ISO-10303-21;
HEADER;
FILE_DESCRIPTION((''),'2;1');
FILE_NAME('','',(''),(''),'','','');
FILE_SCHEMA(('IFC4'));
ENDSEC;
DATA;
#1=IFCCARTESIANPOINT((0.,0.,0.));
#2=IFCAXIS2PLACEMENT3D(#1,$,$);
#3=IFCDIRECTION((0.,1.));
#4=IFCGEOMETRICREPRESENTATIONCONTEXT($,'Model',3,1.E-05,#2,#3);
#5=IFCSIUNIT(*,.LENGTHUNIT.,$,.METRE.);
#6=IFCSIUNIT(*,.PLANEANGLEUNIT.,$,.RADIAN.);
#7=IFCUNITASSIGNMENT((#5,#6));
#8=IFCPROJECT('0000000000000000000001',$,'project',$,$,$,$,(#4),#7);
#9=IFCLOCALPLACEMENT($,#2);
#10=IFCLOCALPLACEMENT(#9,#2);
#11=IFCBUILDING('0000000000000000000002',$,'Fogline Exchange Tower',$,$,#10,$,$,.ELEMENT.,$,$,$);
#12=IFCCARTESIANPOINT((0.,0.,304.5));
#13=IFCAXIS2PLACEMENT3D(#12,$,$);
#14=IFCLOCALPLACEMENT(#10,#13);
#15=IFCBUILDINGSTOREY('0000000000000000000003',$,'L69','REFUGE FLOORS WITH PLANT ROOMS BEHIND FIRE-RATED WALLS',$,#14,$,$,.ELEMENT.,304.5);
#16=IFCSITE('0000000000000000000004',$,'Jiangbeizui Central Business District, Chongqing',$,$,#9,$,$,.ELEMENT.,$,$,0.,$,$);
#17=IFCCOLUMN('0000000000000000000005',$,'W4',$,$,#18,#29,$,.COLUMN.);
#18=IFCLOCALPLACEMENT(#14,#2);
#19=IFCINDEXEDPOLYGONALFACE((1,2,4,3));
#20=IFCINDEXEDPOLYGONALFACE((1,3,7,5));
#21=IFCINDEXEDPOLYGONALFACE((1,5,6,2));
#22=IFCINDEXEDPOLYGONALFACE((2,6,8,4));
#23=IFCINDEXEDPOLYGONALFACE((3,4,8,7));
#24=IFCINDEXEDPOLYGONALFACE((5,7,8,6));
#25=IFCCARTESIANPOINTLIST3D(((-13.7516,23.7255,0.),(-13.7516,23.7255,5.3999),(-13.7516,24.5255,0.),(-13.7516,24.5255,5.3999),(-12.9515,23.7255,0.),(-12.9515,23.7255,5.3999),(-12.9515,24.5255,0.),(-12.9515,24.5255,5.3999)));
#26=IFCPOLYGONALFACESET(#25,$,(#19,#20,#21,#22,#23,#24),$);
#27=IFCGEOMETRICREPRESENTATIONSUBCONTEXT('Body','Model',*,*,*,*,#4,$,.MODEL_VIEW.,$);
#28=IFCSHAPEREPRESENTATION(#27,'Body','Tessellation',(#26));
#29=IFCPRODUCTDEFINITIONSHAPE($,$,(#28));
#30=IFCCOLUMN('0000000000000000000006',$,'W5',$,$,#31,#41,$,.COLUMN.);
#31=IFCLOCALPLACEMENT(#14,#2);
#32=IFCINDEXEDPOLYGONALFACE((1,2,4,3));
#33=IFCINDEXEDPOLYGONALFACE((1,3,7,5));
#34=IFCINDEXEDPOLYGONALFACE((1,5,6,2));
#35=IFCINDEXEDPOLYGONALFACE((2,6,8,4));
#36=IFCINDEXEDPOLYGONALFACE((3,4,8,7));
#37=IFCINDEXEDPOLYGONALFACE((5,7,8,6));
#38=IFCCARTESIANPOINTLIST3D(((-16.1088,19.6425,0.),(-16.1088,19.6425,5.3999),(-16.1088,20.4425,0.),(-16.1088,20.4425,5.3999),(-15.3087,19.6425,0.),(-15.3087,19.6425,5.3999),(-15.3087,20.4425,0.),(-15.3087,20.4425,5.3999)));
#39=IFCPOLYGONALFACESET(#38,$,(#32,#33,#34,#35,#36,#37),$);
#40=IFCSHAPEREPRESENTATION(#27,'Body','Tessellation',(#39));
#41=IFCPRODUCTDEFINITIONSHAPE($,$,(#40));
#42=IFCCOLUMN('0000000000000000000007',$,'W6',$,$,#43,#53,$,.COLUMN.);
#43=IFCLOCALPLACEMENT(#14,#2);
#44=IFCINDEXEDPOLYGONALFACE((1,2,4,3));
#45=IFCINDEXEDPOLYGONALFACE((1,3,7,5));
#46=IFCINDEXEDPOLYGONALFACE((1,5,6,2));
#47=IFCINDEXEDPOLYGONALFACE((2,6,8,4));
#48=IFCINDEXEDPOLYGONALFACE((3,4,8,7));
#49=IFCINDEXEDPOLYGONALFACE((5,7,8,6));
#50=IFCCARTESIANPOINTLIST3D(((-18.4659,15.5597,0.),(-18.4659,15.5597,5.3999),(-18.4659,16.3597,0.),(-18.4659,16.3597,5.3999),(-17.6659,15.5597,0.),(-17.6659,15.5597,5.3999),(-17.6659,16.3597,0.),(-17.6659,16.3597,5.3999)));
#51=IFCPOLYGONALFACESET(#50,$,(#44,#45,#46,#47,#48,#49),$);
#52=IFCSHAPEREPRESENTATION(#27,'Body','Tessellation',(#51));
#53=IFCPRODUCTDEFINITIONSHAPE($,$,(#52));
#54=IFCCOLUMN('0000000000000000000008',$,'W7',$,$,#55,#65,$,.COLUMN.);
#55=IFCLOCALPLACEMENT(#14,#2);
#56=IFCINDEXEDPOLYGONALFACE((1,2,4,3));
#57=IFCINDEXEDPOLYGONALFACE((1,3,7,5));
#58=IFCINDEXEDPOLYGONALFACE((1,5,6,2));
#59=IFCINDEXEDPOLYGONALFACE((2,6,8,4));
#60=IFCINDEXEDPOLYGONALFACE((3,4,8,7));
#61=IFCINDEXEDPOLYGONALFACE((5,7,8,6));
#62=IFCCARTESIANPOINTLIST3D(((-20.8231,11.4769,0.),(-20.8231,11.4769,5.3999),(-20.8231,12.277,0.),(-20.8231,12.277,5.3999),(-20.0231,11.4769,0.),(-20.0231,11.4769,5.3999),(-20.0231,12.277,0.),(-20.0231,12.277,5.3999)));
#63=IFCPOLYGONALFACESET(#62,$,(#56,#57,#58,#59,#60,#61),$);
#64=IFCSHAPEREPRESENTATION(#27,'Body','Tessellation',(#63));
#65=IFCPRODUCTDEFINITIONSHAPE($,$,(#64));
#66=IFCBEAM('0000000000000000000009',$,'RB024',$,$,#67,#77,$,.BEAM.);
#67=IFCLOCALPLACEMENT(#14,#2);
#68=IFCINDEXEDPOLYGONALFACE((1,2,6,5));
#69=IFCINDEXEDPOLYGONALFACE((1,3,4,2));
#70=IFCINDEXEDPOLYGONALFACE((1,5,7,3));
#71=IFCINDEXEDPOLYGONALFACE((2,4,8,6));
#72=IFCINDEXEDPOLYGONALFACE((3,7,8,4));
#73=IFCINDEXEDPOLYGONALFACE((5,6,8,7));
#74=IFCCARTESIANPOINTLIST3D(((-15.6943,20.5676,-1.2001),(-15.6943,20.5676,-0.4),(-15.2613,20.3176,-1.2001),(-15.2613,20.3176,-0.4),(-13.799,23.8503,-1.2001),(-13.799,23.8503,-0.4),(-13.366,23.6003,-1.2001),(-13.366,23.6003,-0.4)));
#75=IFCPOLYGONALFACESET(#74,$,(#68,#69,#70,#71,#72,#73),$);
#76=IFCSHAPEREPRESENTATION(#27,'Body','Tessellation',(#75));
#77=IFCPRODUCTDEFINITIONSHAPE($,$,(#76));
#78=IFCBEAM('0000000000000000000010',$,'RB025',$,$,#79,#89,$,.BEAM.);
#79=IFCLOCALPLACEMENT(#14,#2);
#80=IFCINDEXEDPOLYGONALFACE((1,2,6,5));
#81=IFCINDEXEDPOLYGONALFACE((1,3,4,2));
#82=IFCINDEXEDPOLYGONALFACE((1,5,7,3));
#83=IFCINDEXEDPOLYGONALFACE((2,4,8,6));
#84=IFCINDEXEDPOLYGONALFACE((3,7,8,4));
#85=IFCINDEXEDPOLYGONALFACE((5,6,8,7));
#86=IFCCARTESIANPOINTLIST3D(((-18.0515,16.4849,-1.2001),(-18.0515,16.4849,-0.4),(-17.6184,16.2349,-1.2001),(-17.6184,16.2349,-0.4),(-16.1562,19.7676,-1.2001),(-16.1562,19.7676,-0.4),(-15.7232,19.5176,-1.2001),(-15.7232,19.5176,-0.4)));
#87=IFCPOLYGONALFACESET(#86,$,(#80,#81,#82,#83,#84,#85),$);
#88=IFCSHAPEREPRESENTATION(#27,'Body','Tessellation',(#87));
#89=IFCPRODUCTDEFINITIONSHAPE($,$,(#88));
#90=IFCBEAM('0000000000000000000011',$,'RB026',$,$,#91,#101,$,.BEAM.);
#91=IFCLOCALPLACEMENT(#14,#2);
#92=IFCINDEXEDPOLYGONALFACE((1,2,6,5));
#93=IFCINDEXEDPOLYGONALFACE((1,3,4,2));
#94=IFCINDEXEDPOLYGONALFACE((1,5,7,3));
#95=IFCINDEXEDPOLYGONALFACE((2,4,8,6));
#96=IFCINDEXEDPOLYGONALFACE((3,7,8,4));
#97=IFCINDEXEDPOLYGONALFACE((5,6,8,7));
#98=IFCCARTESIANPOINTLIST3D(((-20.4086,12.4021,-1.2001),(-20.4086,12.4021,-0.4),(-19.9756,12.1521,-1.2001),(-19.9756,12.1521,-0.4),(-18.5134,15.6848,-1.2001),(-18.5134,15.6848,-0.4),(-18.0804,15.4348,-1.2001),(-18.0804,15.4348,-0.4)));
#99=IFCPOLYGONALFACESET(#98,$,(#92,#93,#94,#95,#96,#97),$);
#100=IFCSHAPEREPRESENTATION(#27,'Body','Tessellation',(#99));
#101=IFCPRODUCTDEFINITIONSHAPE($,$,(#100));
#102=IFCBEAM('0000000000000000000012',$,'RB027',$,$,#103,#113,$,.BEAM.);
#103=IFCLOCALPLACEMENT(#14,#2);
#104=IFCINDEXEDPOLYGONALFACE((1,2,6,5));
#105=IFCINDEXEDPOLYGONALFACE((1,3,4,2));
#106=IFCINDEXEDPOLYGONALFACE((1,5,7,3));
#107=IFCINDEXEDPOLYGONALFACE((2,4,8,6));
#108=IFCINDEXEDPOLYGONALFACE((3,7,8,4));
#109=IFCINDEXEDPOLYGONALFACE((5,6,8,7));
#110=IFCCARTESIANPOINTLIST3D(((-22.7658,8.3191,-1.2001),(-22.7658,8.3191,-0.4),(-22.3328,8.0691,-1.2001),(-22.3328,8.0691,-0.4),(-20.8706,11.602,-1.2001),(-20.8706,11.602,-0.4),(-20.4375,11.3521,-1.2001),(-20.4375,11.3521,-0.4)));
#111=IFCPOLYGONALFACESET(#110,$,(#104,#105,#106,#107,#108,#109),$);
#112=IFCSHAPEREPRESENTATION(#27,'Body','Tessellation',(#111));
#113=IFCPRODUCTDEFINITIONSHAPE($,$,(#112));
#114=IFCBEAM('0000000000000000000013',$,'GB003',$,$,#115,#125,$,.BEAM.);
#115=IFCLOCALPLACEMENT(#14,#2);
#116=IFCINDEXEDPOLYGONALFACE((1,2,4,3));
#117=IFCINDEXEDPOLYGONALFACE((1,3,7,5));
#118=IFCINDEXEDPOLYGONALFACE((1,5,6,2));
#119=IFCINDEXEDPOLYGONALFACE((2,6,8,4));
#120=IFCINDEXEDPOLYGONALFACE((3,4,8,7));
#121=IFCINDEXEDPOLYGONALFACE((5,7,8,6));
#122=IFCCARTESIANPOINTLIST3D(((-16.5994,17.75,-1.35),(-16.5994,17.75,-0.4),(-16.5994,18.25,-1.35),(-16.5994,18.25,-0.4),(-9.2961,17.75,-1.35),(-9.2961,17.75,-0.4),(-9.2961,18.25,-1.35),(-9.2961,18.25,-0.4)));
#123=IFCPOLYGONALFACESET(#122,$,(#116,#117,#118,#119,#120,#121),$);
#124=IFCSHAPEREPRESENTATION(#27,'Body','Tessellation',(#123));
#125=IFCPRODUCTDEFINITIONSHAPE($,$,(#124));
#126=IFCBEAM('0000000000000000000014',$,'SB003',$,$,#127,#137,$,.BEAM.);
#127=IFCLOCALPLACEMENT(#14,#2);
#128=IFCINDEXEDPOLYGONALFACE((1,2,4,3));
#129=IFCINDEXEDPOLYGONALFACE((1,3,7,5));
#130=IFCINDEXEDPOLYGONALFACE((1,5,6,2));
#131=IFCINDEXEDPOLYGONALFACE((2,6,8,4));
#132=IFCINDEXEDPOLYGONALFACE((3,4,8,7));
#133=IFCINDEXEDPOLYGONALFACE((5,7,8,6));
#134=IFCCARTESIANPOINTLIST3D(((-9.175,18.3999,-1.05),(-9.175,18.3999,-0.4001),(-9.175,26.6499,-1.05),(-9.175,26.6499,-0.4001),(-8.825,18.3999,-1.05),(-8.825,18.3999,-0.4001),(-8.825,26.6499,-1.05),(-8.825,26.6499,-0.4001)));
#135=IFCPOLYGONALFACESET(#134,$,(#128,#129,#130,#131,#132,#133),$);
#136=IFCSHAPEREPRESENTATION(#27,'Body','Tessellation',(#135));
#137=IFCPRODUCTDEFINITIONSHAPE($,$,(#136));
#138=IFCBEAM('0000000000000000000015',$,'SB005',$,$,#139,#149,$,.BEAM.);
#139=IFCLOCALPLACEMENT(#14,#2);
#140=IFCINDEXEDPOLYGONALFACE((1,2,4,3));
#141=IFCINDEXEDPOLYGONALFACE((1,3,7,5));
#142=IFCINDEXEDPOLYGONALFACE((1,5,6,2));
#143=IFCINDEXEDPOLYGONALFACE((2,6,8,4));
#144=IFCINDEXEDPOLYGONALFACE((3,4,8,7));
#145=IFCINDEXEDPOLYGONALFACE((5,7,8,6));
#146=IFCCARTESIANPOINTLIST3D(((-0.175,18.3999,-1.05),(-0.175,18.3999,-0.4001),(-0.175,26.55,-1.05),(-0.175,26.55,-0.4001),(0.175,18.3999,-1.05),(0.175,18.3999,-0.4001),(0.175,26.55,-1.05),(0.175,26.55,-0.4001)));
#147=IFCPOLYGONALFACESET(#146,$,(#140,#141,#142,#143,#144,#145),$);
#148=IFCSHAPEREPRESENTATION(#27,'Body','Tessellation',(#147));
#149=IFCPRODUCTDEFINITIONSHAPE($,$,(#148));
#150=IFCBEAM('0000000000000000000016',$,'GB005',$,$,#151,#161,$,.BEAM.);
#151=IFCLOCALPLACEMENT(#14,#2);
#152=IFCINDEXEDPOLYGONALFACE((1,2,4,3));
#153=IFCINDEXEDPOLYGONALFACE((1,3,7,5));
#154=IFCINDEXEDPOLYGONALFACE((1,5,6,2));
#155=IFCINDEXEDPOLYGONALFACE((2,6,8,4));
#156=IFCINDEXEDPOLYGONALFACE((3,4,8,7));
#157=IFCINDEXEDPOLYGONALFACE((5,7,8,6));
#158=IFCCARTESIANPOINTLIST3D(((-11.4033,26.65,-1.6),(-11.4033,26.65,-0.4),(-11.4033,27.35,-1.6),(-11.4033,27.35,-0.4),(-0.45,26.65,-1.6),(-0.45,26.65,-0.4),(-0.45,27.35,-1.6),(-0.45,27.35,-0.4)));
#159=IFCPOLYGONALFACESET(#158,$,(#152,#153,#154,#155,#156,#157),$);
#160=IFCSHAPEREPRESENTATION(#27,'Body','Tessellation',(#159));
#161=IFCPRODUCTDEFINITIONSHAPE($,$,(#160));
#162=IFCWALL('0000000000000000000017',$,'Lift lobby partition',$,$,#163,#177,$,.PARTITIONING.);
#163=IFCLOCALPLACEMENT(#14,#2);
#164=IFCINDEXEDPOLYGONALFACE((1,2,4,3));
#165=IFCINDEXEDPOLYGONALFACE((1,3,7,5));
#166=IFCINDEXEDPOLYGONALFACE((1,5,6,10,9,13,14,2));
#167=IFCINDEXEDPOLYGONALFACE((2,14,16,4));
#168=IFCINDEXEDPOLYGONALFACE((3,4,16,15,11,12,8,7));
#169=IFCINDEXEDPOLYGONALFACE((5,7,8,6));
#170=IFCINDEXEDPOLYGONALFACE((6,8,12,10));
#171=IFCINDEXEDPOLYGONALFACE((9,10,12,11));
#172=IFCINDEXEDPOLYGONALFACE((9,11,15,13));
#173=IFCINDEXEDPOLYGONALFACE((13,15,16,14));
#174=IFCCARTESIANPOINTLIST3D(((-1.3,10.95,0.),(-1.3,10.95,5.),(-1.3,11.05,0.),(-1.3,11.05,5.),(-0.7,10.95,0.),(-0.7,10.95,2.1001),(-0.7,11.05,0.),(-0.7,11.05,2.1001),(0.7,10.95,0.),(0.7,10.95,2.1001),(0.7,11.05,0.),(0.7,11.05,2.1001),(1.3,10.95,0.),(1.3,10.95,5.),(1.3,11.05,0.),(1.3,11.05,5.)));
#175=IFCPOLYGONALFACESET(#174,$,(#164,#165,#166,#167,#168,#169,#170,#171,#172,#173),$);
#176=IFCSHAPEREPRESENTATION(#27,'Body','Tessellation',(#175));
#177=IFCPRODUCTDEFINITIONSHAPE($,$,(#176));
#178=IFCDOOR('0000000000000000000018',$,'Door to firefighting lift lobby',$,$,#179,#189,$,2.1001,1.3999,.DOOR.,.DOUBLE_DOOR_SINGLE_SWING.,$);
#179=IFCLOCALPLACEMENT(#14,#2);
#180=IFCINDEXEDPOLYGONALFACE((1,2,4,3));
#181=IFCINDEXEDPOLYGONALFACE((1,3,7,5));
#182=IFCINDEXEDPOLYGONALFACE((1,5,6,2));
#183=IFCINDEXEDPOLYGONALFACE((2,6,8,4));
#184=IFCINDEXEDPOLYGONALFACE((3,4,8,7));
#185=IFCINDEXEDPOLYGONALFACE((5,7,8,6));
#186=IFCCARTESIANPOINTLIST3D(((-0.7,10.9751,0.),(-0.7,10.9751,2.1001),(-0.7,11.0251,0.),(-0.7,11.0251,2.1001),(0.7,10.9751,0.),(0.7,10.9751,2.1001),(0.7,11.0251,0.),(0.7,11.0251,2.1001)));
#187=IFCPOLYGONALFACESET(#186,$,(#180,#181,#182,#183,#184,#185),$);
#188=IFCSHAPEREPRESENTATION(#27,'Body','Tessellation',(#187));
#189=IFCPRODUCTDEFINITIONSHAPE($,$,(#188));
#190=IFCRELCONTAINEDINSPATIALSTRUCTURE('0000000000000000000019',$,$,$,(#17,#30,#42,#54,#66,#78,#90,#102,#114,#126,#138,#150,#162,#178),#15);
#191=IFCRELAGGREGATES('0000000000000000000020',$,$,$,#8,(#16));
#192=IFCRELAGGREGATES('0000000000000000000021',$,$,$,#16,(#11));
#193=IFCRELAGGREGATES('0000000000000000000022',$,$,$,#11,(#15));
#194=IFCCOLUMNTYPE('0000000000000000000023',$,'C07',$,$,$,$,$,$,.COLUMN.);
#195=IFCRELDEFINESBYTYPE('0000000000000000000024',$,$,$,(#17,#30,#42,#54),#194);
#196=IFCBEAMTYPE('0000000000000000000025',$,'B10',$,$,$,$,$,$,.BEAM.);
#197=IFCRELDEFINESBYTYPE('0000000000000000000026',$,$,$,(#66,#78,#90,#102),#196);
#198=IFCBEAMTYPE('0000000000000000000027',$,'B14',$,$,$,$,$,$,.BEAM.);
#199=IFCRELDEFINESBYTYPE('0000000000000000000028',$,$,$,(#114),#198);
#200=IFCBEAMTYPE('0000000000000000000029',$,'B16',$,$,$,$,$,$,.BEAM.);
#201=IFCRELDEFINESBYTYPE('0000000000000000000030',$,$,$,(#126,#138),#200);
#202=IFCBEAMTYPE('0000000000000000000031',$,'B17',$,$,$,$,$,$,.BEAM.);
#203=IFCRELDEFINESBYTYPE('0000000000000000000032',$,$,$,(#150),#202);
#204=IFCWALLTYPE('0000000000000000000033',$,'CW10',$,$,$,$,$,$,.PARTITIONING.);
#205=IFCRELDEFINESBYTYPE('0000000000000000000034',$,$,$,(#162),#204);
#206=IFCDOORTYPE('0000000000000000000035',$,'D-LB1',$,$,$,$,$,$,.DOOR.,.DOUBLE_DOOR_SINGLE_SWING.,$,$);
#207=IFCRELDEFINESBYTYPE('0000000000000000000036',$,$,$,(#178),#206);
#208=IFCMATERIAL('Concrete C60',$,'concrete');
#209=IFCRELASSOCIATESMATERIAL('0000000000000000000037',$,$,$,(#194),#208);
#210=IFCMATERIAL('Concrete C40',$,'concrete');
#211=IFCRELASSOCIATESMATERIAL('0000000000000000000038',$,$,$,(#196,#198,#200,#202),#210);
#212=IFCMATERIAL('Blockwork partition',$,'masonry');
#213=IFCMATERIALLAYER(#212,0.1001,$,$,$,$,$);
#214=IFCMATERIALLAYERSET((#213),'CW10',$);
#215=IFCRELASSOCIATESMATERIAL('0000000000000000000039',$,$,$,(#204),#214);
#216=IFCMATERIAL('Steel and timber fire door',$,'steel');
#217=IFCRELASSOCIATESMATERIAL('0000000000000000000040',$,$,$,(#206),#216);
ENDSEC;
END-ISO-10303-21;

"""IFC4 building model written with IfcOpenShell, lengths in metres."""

from ifc_helpers import new_model, si_unit, direction, frame, frame_2d, origin, origin_2d, place, context, subcontext, project, spatial, rectangle, extrude, material, layer, layer_set, material_profile, profile_set, type_object, element, fill, save


model = new_model("IFC4")

# Units and contexts
model_context = context("Model", 3, precision=1e-05, world=origin(), true_north=direction((0.0, 1.0)))
body_context = subcontext(model_context, "Body", "Model", "MODEL_VIEW")
ifc_project = project(units=[si_unit("LENGTHUNIT", "METRE"), si_unit("PLANEANGLEUNIT", "RADIAN")], contexts=[model_context])

# Site, building, storey
site_placement = place(None, origin())
site = spatial("IfcSite", under=ifc_project, at=site_placement, Name="Jiangbeizui Central Business District, Chongqing", CompositionType="ELEMENT", RefElevation=0.0)
building_placement = place(site_placement, origin())
building = spatial("IfcBuilding", under=site, at=building_placement, Name="Fogline Exchange Tower", CompositionType="ELEMENT")
storey_placement = place(building_placement, frame((0.0, 0.0, 304.5)))
storey = spatial("IfcBuildingStorey", under=building, at=storey_placement, Name="L69", Description="REFUGE FLOORS WITH PLANT ROOMS BEHIND FIRE-RATED WALLS", CompositionType="ELEMENT", Elevation=304.5)

# Columns
ifc_material_1 = material(Name="Concrete C60", Category="concrete")
ifc_material_profile_1 = material_profile(ifc_material_1, rectangle(XDim=0.8, YDim=0.8, at=origin_2d()), Name="RC 800x800")
ifc_profile_set_1 = profile_set([ifc_material_profile_1], Name="Concrete C60")
column_type = type_object("IfcColumnType", Name="C07", PredefinedType="COLUMN", material=ifc_profile_set_1)
for number, where, z_axis, x_axis, name in (
    (1, (-13.3516, 24.1255, 0.0), (0.0, 0.0, 1.0), (1.0, 0.0, 0.0), "W4"),
    (2, (-15.7087, 20.0425, 0.0), (0.0, 0.0, 1.0), (1.0, 0.0, 0.0), "W5"),
    (3, (-18.0659, 15.9597, 0.0), (0.0, 0.0, 1.0), (1.0, 0.0, 0.0), "W6"),
    (4, (-20.4231, 11.877, 0.0), (0.0, 0.0, 1.0), (1.0, 0.0, 0.0), "W7"),
):
    element("IfcColumn", number, at=place(storey_placement, frame(where, z_axis=z_axis, x_axis=x_axis)), inside=storey, type_object=column_type, Name=name, PredefinedType="COLUMN", context=body_context, shape_type="SweptSolid", body=[
        extrude(rectangle(XDim=0.8, YDim=0.8, at=origin_2d()), origin(), (0.0, 0.0, 1.0), 5.3999),
    ])

# Beams
ifc_material_2 = material(Name="Concrete C40", Category="concrete")
ifc_material_profile_2 = material_profile(ifc_material_2, rectangle(XDim=0.5, YDim=0.8, at=origin_2d()), Name="RC 500x800")
ifc_profile_set_2 = profile_set([ifc_material_profile_2], Name="Concrete C40")
beam_type_1 = type_object("IfcBeamType", Name="B10", PredefinedType="BEAM", material=ifc_profile_set_2)
for number, where, z_axis, x_axis, name in (
    (5, (-13.5825, 23.7253, -0.8), (-0.499998, -0.866027, 0.0), (0.866027, -0.499998, 0.0), "RB024"),
    (6, (-15.9397, 19.6426, -0.8), (-0.499998, -0.866027, 0.0), (0.866027, -0.499998, 0.0), "RB025"),
    (7, (-18.2969, 15.5598, -0.8), (-0.499998, -0.866027, 0.0), (0.866027, -0.499998, 0.0), "RB026"),
):
    element("IfcBeam", number, at=place(storey_placement, frame(where, z_axis=z_axis, x_axis=x_axis)), inside=storey, type_object=beam_type_1, Name=name, PredefinedType="BEAM", context=body_context, shape_type="SweptSolid", body=[
        extrude(rectangle(XDim=0.5, YDim=0.8, at=origin_2d()), origin(), (0.0, 0.0, 1.0), 3.7905),
    ])
beam_1_placement = place(storey_placement, frame((-20.6541, 11.4771, -0.8), z_axis=(-0.49997, -0.866043, 0.0), x_axis=(0.866043, -0.49997, 0.0)))
element("IfcBeam", 8, at=beam_1_placement, inside=storey, type_object=beam_type_1, Name="RB027", PredefinedType="BEAM", context=body_context, shape_type="SweptSolid", body=[
    extrude(rectangle(XDim=0.5, YDim=0.8, at=origin_2d()), origin(), (0.0, 0.0, 1.0), 3.7908),
])
ifc_material_profile_3 = material_profile(ifc_material_2, rectangle(XDim=0.5, YDim=0.95, at=origin_2d()), Name="RC 500x950")
ifc_profile_set_3 = profile_set([ifc_material_profile_3], Name="Concrete C40")
beam_type_2 = type_object("IfcBeamType", Name="B14", PredefinedType="BEAM", material=ifc_profile_set_3)
beam_2_placement = place(storey_placement, frame((-16.5994, 18.0, -0.875), z_axis=(1.0, 0.0, 0.0), x_axis=(0.0, 1.0, 0.0)))
element("IfcBeam", 9, at=beam_2_placement, inside=storey, type_object=beam_type_2, Name="GB003", PredefinedType="BEAM", context=body_context, shape_type="SweptSolid", body=[
    extrude(rectangle(XDim=0.5, YDim=0.95, at=origin_2d()), origin(), (0.0, 0.0, 1.0), 7.3032),
])
ifc_material_profile_4 = material_profile(ifc_material_2, rectangle(XDim=0.3501, YDim=0.6499, at=origin_2d()), Name="RC 350x650")
ifc_profile_set_4 = profile_set([ifc_material_profile_4], Name="Concrete C40")
beam_type_3 = type_object("IfcBeamType", Name="B16", PredefinedType="BEAM", material=ifc_profile_set_4)
beam_3_placement = place(storey_placement, frame((-9.0, 18.3999, -0.7251), z_axis=(0.0, 1.0, 0.0), x_axis=(-1.0, 0.0, 0.0)))
element("IfcBeam", 10, at=beam_3_placement, inside=storey, type_object=beam_type_3, Name="SB003", PredefinedType="BEAM", context=body_context, shape_type="SweptSolid", body=[
    extrude(rectangle(XDim=0.3501, YDim=0.6499, at=origin_2d()), origin(), (0.0, 0.0, 1.0), 8.25),
])
beam_4_placement = place(storey_placement, frame((0.0, 18.3999, -0.7251), z_axis=(0.0, 1.0, 0.0), x_axis=(-1.0, 0.0, 0.0)))
element("IfcBeam", 11, at=beam_4_placement, inside=storey, type_object=beam_type_3, Name="SB005", PredefinedType="BEAM", context=body_context, shape_type="SweptSolid", body=[
    extrude(rectangle(XDim=0.3501, YDim=0.6499, at=origin_2d()), origin(), (0.0, 0.0, 1.0), 8.1501),
])
ifc_material_profile_5 = material_profile(ifc_material_2, rectangle(XDim=0.7, YDim=1.2, at=origin_2d()), Name="RC 700x1200")
ifc_profile_set_5 = profile_set([ifc_material_profile_5], Name="Concrete C40")
beam_type_4 = type_object("IfcBeamType", Name="B17", PredefinedType="BEAM", material=ifc_profile_set_5)
beam_5_placement = place(storey_placement, frame((-11.4033, 27.0, -1.0), z_axis=(1.0, 0.0, 0.0), x_axis=(0.0, 1.0, 0.0)))
element("IfcBeam", 12, at=beam_5_placement, inside=storey, type_object=beam_type_4, Name="GB005", PredefinedType="BEAM", context=body_context, shape_type="SweptSolid", body=[
    extrude(rectangle(XDim=0.7, YDim=1.2, at=origin_2d()), origin(), (0.0, 0.0, 1.0), 10.9534),
])

# Wall, opening, door
ifc_material_3 = material(Name="Blockwork partition", Category="masonry")
ifc_layer_1 = layer(ifc_material_3, 0.1001)
ifc_layer_set_1 = layer_set([ifc_layer_1], Name="CW10")
wall_type_1 = type_object("IfcWallType", Name="CW10", PredefinedType="PARTITIONING", material=ifc_layer_set_1)
wall_1_placement = place(storey_placement, frame((-1.3, 11.0, 0.0), z_axis=(0.0, 0.0, 1.0), x_axis=(1.0, 0.0, 0.0)))
wall_1 = element("IfcWall", 13, at=wall_1_placement, inside=storey, type_object=wall_type_1, Name="Lift lobby partition", PredefinedType="PARTITIONING", context=body_context, shape_type="SweptSolid", body=[
    extrude(rectangle(XDim=2.6001, YDim=0.1001, at=frame_2d((1.3, 0.0))), origin(), (0.0, 0.0, 1.0), 5.0),
])
opening_1_placement = place(wall_1_placement, frame((0.6001, 0.0, 0.0)))
opening_1 = element("IfcOpeningElement", 14, at=opening_1_placement, cuts=wall_1, PredefinedType="OPENING", context=body_context, shape_type="SweptSolid", body=[
    extrude(rectangle(XDim=1.3999, YDim=2.1001, at=frame_2d((0.7, 1.05))), frame((0.0, 0.0601, 0.0), z_axis=(0.0, -1.0, 0.0), x_axis=(1.0, 0.0, 0.0)), (0.0, 0.0, 1.0), 0.1201),
])
ifc_material_4 = material(Name="Steel and timber fire door", Category="steel")
door_type_1 = type_object("IfcDoorType", Name="D-LB1", OperationType="DOUBLE_DOOR_SINGLE_SWING", PredefinedType="DOOR", material=ifc_material_4)
door_1_placement = place(opening_1_placement, frame((1.3999, 0.0, 0.0), z_axis=(0.0, 0.0, 1.0), x_axis=(-1.0, 0.0, 0.0)))
door_1 = element("IfcDoor", 15, at=door_1_placement, inside=storey, type_object=door_type_1, Name="Door to firefighting lift lobby", OperationType="DOUBLE_DOOR_SINGLE_SWING", OverallHeight=2.1001, OverallWidth=1.3999, PredefinedType="DOOR", context=body_context, shape_type="SweptSolid", body=[
    extrude(rectangle(XDim=1.3999, YDim=2.1001, at=frame_2d((0.7, 1.05))), frame((0.0, 0.0249, 0.0), z_axis=(0.0, -1.0, 0.0), x_axis=(1.0, 0.0, 0.0)), (0.0, 0.0, 1.0), 0.05),
])
fill(opening_1, door_1)

save(model, "model.ifc")
